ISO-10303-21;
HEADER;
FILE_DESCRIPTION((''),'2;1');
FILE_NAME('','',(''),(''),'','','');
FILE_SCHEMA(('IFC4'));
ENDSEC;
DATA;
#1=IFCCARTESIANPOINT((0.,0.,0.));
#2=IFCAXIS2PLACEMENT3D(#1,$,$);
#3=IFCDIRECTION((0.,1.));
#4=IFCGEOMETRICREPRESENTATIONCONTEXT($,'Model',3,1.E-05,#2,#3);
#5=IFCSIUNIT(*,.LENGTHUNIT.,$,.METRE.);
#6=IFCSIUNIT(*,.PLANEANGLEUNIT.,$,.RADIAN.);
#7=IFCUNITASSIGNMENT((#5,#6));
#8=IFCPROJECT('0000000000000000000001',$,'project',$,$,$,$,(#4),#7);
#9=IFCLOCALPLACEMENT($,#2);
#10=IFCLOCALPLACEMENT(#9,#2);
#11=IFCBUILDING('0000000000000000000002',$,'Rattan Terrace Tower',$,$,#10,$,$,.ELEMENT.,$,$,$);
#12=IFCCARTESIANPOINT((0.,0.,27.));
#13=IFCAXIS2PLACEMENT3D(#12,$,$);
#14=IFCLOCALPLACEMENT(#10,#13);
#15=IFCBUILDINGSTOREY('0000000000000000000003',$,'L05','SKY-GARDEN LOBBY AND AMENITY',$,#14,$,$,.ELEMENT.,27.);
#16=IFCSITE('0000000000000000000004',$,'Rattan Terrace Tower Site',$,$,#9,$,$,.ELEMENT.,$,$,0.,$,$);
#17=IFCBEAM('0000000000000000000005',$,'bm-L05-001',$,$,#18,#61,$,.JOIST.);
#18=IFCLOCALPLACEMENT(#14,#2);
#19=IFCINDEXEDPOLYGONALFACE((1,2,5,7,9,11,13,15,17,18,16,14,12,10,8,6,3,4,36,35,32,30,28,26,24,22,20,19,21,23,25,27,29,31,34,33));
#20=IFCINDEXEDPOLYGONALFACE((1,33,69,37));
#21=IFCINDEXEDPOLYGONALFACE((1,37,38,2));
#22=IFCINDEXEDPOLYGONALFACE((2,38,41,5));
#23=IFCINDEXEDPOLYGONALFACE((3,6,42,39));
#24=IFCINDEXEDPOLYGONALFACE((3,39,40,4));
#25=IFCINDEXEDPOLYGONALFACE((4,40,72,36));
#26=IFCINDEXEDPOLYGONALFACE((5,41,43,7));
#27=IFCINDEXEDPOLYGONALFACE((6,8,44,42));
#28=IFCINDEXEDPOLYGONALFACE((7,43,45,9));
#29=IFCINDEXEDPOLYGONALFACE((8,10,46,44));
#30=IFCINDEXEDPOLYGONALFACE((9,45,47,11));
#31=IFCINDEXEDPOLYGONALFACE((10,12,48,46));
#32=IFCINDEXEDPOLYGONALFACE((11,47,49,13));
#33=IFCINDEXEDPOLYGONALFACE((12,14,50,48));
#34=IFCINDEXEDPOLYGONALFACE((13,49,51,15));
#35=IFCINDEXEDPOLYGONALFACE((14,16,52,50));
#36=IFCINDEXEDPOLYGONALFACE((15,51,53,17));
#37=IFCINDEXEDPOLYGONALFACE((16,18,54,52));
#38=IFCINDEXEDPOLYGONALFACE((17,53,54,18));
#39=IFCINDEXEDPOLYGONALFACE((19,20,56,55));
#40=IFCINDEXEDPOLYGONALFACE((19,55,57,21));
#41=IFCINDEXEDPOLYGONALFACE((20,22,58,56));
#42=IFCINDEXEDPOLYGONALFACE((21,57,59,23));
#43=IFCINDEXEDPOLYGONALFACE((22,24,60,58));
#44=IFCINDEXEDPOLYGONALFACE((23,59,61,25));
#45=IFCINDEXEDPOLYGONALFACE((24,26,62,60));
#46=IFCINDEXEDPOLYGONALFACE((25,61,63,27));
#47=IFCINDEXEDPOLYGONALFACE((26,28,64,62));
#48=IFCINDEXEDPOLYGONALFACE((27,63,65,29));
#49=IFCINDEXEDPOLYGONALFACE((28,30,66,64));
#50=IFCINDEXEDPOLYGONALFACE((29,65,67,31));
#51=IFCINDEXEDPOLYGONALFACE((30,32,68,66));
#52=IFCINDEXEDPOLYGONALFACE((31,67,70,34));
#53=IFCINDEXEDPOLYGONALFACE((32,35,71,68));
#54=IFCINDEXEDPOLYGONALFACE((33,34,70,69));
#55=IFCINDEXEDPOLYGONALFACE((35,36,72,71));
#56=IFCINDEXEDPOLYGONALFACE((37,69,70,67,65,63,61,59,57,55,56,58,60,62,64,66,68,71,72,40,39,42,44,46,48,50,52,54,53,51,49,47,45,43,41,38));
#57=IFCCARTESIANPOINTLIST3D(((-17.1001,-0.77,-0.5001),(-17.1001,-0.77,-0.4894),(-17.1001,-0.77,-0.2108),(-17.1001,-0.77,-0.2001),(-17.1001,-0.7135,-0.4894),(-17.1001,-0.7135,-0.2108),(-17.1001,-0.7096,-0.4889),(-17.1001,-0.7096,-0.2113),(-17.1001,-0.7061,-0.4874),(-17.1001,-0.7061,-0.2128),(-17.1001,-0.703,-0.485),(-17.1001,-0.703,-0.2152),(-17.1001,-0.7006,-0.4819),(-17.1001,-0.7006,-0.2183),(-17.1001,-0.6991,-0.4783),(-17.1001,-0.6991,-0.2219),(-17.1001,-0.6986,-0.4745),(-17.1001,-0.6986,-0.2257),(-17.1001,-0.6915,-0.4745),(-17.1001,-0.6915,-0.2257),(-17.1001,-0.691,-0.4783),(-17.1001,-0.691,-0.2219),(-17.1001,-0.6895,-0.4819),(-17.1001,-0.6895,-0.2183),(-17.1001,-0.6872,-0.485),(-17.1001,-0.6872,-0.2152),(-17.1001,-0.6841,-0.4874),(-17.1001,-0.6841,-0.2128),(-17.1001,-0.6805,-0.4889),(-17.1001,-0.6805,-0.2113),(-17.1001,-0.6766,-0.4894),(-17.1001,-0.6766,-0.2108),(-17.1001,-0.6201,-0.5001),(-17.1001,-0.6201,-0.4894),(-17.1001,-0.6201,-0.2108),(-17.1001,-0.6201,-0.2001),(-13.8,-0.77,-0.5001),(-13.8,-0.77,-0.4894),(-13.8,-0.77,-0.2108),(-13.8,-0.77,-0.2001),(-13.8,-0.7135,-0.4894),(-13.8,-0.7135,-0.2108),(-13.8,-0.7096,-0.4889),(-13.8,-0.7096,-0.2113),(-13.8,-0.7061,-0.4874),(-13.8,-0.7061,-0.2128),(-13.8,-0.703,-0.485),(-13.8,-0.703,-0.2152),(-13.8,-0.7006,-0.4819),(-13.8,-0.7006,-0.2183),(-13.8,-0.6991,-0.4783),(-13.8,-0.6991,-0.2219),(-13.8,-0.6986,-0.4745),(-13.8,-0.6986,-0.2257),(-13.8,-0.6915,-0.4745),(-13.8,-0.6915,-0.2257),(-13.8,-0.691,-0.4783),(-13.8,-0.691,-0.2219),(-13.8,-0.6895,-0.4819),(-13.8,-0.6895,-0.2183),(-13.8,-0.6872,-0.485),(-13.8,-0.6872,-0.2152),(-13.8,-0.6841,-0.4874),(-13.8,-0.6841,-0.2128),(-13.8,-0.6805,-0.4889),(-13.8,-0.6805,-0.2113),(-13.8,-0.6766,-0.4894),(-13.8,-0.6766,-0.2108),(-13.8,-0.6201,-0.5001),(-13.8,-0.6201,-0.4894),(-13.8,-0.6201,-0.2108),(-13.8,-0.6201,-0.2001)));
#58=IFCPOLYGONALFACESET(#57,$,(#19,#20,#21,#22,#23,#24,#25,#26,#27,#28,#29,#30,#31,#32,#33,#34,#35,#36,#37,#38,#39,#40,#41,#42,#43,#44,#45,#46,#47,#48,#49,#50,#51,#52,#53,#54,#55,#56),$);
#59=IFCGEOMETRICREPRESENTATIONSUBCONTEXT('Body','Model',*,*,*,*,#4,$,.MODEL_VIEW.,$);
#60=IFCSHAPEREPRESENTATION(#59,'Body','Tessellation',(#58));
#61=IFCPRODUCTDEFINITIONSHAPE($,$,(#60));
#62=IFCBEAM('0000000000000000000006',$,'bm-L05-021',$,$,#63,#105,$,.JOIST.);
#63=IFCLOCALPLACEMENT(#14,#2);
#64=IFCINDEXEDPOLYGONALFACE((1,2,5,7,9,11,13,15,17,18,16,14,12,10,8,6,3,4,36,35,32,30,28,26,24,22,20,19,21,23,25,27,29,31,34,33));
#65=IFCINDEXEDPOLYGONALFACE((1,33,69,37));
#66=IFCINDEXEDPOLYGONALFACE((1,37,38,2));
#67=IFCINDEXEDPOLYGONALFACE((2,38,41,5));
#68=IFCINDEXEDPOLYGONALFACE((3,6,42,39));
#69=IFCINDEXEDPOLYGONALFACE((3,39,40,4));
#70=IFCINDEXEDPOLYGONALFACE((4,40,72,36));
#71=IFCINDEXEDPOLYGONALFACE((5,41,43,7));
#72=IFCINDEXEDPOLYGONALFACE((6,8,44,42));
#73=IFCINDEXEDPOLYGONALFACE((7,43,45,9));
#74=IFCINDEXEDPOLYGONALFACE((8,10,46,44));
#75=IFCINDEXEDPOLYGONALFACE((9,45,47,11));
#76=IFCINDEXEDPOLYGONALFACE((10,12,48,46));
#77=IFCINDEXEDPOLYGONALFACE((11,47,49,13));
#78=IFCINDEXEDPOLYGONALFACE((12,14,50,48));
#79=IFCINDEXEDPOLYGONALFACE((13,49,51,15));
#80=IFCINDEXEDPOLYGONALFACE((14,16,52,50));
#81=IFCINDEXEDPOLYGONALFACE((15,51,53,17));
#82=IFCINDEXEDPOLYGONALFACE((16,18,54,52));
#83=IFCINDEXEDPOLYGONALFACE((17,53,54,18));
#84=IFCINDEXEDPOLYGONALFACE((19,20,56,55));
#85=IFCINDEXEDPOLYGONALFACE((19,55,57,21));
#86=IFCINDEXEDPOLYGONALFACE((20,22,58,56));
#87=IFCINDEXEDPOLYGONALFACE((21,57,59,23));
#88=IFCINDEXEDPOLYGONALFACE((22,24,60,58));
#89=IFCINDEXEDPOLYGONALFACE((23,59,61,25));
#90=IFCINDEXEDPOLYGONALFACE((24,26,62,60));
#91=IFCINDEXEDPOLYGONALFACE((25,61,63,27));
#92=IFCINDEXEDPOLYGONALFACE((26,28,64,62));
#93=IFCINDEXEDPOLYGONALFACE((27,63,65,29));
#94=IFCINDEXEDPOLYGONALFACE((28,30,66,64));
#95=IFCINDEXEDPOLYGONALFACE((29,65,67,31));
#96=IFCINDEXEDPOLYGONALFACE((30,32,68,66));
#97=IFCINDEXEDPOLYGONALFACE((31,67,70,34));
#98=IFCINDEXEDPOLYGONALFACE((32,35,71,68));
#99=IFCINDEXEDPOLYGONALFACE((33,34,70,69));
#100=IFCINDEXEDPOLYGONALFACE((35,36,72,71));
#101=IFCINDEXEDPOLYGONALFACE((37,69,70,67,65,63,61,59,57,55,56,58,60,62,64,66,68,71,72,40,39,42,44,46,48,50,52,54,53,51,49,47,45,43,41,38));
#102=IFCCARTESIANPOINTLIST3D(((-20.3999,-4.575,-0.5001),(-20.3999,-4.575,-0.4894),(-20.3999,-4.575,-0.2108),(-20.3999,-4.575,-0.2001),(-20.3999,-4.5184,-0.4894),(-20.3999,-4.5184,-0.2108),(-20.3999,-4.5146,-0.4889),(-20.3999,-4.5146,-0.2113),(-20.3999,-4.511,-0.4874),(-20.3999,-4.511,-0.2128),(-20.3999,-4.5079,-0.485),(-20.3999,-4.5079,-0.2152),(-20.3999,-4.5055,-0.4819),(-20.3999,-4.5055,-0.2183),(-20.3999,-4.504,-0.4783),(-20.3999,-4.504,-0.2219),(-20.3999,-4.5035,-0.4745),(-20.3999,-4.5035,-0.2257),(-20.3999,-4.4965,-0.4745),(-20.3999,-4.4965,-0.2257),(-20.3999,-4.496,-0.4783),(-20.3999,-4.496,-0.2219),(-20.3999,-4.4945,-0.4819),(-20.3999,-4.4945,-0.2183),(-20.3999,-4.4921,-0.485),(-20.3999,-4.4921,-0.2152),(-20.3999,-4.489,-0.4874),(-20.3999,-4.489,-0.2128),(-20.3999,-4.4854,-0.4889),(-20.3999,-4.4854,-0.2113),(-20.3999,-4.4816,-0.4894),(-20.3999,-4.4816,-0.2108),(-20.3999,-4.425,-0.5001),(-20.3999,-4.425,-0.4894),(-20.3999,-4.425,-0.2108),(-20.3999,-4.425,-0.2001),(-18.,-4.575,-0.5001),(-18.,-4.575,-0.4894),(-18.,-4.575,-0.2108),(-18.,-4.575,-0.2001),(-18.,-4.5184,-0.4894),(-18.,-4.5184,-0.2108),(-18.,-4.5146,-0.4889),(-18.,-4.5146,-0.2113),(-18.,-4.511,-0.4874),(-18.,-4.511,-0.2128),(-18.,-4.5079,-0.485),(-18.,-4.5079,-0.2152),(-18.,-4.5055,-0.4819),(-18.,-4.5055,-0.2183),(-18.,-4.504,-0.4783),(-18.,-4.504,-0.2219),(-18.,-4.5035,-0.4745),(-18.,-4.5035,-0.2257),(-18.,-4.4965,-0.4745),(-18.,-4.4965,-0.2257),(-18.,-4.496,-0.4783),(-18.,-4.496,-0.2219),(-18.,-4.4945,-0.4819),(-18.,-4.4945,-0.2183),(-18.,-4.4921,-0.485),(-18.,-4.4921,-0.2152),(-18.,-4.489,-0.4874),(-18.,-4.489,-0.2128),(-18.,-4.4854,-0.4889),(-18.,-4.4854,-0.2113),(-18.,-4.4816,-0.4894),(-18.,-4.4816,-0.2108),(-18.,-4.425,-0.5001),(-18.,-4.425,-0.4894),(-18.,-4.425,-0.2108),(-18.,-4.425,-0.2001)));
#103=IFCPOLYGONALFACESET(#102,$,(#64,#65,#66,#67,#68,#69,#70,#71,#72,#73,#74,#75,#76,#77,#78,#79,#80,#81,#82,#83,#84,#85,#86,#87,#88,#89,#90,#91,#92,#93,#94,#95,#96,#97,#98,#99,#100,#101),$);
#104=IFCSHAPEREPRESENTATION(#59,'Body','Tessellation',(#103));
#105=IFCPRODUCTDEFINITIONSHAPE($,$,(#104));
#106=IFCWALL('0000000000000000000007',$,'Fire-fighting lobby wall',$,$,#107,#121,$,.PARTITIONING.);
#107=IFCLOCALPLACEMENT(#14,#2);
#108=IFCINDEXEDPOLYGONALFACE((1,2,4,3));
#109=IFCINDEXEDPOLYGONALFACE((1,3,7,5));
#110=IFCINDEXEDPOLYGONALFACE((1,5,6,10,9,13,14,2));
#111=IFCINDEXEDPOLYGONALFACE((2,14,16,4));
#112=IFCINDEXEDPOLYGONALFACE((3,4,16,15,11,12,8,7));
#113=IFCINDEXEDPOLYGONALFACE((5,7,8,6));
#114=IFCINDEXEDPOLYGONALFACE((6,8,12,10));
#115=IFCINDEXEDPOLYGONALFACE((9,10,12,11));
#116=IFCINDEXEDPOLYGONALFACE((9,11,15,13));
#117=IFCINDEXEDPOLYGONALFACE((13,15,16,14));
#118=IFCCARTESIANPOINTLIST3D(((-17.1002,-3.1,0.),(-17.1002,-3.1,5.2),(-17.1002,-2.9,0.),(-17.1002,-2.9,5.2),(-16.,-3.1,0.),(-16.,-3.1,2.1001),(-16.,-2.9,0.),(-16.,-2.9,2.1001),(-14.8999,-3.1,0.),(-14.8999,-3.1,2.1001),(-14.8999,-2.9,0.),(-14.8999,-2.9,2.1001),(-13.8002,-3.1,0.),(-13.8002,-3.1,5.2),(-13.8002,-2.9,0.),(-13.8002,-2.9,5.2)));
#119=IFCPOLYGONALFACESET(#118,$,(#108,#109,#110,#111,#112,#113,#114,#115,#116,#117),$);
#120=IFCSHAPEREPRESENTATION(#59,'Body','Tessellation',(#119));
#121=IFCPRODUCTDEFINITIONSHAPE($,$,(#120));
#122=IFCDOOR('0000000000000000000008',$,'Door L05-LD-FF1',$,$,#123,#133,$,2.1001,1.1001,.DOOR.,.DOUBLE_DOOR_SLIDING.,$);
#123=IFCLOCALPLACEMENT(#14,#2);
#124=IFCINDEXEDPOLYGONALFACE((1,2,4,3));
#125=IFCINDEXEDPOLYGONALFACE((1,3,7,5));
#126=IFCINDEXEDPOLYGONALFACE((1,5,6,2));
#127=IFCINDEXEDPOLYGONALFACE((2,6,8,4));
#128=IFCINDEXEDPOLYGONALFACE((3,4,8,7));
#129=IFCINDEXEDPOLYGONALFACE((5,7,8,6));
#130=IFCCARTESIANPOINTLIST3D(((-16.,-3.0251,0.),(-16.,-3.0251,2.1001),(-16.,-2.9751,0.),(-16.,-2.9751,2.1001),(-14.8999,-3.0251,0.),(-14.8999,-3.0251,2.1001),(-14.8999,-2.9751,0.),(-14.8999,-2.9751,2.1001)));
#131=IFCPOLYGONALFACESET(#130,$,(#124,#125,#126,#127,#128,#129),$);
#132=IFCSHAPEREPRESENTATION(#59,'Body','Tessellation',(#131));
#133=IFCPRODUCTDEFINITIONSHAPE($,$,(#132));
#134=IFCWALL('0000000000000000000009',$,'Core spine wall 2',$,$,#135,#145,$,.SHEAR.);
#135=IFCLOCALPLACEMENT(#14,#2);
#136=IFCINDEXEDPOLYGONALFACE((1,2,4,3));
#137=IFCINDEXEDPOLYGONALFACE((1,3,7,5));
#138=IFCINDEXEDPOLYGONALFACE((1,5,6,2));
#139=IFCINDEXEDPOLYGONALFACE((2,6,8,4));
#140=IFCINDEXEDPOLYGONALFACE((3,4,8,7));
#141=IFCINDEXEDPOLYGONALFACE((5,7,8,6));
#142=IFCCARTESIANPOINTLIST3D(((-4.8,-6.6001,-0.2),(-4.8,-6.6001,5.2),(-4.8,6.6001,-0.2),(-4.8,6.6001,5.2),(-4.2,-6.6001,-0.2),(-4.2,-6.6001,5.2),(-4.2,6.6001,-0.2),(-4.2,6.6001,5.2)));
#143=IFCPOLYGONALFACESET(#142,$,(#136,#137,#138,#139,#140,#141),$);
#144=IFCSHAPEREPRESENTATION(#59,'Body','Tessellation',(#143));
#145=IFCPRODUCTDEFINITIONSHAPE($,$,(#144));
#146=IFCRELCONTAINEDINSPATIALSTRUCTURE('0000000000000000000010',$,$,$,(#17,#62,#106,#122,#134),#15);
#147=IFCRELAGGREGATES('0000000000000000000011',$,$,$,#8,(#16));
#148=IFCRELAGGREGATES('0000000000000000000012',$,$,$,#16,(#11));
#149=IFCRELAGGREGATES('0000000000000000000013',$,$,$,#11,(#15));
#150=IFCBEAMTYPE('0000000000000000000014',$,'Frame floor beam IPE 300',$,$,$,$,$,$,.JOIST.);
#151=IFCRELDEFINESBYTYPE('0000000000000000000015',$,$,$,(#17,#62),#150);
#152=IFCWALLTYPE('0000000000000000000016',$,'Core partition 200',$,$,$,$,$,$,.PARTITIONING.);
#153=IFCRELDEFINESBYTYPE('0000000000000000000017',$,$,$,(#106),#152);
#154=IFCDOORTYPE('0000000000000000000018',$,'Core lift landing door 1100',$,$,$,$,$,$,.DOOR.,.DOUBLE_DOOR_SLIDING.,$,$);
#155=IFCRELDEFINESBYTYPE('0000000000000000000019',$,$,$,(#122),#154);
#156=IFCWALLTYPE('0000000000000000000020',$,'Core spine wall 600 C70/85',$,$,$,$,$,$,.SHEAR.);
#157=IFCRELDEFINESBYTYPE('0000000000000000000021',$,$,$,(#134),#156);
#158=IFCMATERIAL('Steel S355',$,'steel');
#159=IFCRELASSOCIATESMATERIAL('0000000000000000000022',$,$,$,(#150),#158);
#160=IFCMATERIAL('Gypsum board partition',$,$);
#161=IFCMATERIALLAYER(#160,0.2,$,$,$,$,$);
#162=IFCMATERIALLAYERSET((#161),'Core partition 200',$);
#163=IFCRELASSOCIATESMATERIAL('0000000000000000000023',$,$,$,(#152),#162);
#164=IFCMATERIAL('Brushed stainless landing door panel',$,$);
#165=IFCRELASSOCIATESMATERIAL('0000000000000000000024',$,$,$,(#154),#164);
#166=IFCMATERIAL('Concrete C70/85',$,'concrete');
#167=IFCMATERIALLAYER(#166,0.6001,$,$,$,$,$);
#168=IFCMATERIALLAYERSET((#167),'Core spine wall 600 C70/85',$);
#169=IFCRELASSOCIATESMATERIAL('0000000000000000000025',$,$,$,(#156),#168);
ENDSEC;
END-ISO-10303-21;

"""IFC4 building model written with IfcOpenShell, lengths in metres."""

from ifc_helpers import new_model, si_unit, direction, frame, frame_2d, origin, origin_2d, place, context, subcontext, project, spatial, rectangle, i_section, extrude, material, layer, layer_set, material_profile, profile_set, type_object, element, fill, save


model = new_model("IFC4")

# Units and contexts
model_context = context("Model", 3, precision=1e-05, world=origin(), true_north=direction((0.0, 1.0)))
body_context = subcontext(model_context, "Body", "Model", "MODEL_VIEW")
ifc_project = project(units=[si_unit("LENGTHUNIT", "METRE"), si_unit("PLANEANGLEUNIT", "RADIAN")], contexts=[model_context])

# Site, building, storey
site_placement = place(None, origin())
site = spatial("IfcSite", under=ifc_project, at=site_placement, Name="Rattan Terrace Tower Site", CompositionType="ELEMENT", RefElevation=0.0)
building_placement = place(site_placement, origin())
building = spatial("IfcBuilding", under=site, at=building_placement, Name="Rattan Terrace Tower", CompositionType="ELEMENT")
storey_placement = place(building_placement, frame((0.0, 0.0, 27.0)))
storey = spatial("IfcBuildingStorey", under=building, at=storey_placement, Name="L05", Description="SKY-GARDEN LOBBY AND AMENITY", CompositionType="ELEMENT", Elevation=27.0)

# Beams
ifc_material_1 = material(Name="Steel S355", Category="steel")
ifc_material_profile = material_profile(ifc_material_1, i_section(OverallWidth=0.1499, OverallDepth=0.3, WebThickness=0.0071, FlangeThickness=0.0107, FilletRadius=0.0149, at=origin_2d()), Name="IPE 300")
ifc_profile_set = profile_set([ifc_material_profile], Name="Steel S355")
beam_type = type_object("IfcBeamType", Name="Frame floor beam IPE 300", PredefinedType="JOIST", material=ifc_profile_set)
beam_1_placement = place(storey_placement, frame((-17.1001, -0.6951, -0.3501), z_axis=(1.0, 0.0, 0.0), x_axis=(0.0, 1.0, 0.0)))
element("IfcBeam", 1, at=beam_1_placement, inside=storey, type_object=beam_type, Name="bm-L05-001", PredefinedType="JOIST", context=body_context, shape_type="SweptSolid", body=[
    extrude(i_section(OverallWidth=0.1499, OverallDepth=0.3, WebThickness=0.0071, FlangeThickness=0.0107, FilletRadius=0.0149, at=origin_2d()), origin(), (0.0, 0.0, 1.0), 3.3),
])
beam_2_placement = place(storey_placement, frame((-20.3999, -4.5, -0.3501), z_axis=(1.0, 0.0, 0.0), x_axis=(0.0, 1.0, 0.0)))
element("IfcBeam", 2, at=beam_2_placement, inside=storey, type_object=beam_type, Name="bm-L05-021", PredefinedType="JOIST", context=body_context, shape_type="SweptSolid", body=[
    extrude(i_section(OverallWidth=0.1499, OverallDepth=0.3, WebThickness=0.0071, FlangeThickness=0.0107, FilletRadius=0.0149, at=origin_2d()), origin(), (0.0, 0.0, 1.0), 2.3999),
])

# Wall, opening, door
ifc_material_2 = material(Name="Gypsum board partition")
ifc_layer_1 = layer(ifc_material_2, 0.2)
ifc_layer_set_1 = layer_set([ifc_layer_1], Name="Core partition 200")
wall_type_1 = type_object("IfcWallType", Name="Core partition 200", PredefinedType="PARTITIONING", material=ifc_layer_set_1)
wall_1_placement = place(storey_placement, frame((-17.1001, -3.0, 0.0), z_axis=(0.0, 0.0, 1.0), x_axis=(1.0, 0.0, 0.0)))
wall_1 = element("IfcWall", 3, at=wall_1_placement, inside=storey, type_object=wall_type_1, Name="Fire-fighting lobby wall", PredefinedType="PARTITIONING", context=body_context, shape_type="SweptSolid", body=[
    extrude(rectangle(XDim=3.3, YDim=0.2, at=frame_2d((1.6499, 0.0))), origin(), (0.0, 0.0, 1.0), 5.2),
])
opening_1_placement = place(wall_1_placement, frame((1.1001, 0.0, 0.0)))
opening_1 = element("IfcOpeningElement", 4, at=opening_1_placement, cuts=wall_1, PredefinedType="OPENING", context=body_context, shape_type="SweptSolid", body=[
    extrude(rectangle(XDim=1.1001, YDim=2.1001, at=frame_2d((0.55, 1.05))), frame((0.0, 0.1106, 0.0), z_axis=(0.0, -1.0, 0.0), x_axis=(1.0, 0.0, 0.0)), (0.0, 0.0, 1.0), 0.2209),
])
ifc_material_3 = material(Name="Brushed stainless landing door panel")
door_type_1 = type_object("IfcDoorType", Name="Core lift landing door 1100", OperationType="DOUBLE_DOOR_SLIDING", PredefinedType="DOOR", material=ifc_material_3)
door_1_placement = place(opening_1_placement, origin())
door_1 = element("IfcDoor", 5, at=door_1_placement, inside=storey, type_object=door_type_1, Name="Door L05-LD-FF1", OperationType="DOUBLE_DOOR_SLIDING", OverallHeight=2.1001, OverallWidth=1.1001, PredefinedType="DOOR", context=body_context, shape_type="SweptSolid", body=[
    extrude(rectangle(XDim=1.1001, YDim=2.1001, at=frame_2d((0.55, 1.05))), frame((0.0, 0.0249, 0.0), z_axis=(0.0, -1.0, 0.0), x_axis=(1.0, 0.0, 0.0)), (0.0, 0.0, 1.0), 0.05),
])
fill(opening_1, door_1)

# Wall
ifc_material_4 = material(Name="Concrete C70/85", Category="concrete")
ifc_layer_2 = layer(ifc_material_4, 0.6001)
ifc_layer_set_2 = layer_set([ifc_layer_2], Name="Core spine wall 600 C70/85")
wall_type_2 = type_object("IfcWallType", Name="Core spine wall 600 C70/85", PredefinedType="SHEAR", material=ifc_layer_set_2)
wall_2_placement = place(storey_placement, frame((-4.5, -6.6001, -0.2), z_axis=(0.0, 0.0, 1.0), x_axis=(0.0, 1.0, 0.0)))
element("IfcWall", 6, at=wall_2_placement, inside=storey, type_object=wall_type_2, Name="Core spine wall 2", PredefinedType="SHEAR", context=body_context, shape_type="SweptSolid", body=[
    extrude(rectangle(XDim=13.2002, YDim=0.6001, at=frame_2d((6.6001, 0.0))), origin(), (0.0, 0.0, 1.0), 5.3999),
])

save(model, "model.ifc")
